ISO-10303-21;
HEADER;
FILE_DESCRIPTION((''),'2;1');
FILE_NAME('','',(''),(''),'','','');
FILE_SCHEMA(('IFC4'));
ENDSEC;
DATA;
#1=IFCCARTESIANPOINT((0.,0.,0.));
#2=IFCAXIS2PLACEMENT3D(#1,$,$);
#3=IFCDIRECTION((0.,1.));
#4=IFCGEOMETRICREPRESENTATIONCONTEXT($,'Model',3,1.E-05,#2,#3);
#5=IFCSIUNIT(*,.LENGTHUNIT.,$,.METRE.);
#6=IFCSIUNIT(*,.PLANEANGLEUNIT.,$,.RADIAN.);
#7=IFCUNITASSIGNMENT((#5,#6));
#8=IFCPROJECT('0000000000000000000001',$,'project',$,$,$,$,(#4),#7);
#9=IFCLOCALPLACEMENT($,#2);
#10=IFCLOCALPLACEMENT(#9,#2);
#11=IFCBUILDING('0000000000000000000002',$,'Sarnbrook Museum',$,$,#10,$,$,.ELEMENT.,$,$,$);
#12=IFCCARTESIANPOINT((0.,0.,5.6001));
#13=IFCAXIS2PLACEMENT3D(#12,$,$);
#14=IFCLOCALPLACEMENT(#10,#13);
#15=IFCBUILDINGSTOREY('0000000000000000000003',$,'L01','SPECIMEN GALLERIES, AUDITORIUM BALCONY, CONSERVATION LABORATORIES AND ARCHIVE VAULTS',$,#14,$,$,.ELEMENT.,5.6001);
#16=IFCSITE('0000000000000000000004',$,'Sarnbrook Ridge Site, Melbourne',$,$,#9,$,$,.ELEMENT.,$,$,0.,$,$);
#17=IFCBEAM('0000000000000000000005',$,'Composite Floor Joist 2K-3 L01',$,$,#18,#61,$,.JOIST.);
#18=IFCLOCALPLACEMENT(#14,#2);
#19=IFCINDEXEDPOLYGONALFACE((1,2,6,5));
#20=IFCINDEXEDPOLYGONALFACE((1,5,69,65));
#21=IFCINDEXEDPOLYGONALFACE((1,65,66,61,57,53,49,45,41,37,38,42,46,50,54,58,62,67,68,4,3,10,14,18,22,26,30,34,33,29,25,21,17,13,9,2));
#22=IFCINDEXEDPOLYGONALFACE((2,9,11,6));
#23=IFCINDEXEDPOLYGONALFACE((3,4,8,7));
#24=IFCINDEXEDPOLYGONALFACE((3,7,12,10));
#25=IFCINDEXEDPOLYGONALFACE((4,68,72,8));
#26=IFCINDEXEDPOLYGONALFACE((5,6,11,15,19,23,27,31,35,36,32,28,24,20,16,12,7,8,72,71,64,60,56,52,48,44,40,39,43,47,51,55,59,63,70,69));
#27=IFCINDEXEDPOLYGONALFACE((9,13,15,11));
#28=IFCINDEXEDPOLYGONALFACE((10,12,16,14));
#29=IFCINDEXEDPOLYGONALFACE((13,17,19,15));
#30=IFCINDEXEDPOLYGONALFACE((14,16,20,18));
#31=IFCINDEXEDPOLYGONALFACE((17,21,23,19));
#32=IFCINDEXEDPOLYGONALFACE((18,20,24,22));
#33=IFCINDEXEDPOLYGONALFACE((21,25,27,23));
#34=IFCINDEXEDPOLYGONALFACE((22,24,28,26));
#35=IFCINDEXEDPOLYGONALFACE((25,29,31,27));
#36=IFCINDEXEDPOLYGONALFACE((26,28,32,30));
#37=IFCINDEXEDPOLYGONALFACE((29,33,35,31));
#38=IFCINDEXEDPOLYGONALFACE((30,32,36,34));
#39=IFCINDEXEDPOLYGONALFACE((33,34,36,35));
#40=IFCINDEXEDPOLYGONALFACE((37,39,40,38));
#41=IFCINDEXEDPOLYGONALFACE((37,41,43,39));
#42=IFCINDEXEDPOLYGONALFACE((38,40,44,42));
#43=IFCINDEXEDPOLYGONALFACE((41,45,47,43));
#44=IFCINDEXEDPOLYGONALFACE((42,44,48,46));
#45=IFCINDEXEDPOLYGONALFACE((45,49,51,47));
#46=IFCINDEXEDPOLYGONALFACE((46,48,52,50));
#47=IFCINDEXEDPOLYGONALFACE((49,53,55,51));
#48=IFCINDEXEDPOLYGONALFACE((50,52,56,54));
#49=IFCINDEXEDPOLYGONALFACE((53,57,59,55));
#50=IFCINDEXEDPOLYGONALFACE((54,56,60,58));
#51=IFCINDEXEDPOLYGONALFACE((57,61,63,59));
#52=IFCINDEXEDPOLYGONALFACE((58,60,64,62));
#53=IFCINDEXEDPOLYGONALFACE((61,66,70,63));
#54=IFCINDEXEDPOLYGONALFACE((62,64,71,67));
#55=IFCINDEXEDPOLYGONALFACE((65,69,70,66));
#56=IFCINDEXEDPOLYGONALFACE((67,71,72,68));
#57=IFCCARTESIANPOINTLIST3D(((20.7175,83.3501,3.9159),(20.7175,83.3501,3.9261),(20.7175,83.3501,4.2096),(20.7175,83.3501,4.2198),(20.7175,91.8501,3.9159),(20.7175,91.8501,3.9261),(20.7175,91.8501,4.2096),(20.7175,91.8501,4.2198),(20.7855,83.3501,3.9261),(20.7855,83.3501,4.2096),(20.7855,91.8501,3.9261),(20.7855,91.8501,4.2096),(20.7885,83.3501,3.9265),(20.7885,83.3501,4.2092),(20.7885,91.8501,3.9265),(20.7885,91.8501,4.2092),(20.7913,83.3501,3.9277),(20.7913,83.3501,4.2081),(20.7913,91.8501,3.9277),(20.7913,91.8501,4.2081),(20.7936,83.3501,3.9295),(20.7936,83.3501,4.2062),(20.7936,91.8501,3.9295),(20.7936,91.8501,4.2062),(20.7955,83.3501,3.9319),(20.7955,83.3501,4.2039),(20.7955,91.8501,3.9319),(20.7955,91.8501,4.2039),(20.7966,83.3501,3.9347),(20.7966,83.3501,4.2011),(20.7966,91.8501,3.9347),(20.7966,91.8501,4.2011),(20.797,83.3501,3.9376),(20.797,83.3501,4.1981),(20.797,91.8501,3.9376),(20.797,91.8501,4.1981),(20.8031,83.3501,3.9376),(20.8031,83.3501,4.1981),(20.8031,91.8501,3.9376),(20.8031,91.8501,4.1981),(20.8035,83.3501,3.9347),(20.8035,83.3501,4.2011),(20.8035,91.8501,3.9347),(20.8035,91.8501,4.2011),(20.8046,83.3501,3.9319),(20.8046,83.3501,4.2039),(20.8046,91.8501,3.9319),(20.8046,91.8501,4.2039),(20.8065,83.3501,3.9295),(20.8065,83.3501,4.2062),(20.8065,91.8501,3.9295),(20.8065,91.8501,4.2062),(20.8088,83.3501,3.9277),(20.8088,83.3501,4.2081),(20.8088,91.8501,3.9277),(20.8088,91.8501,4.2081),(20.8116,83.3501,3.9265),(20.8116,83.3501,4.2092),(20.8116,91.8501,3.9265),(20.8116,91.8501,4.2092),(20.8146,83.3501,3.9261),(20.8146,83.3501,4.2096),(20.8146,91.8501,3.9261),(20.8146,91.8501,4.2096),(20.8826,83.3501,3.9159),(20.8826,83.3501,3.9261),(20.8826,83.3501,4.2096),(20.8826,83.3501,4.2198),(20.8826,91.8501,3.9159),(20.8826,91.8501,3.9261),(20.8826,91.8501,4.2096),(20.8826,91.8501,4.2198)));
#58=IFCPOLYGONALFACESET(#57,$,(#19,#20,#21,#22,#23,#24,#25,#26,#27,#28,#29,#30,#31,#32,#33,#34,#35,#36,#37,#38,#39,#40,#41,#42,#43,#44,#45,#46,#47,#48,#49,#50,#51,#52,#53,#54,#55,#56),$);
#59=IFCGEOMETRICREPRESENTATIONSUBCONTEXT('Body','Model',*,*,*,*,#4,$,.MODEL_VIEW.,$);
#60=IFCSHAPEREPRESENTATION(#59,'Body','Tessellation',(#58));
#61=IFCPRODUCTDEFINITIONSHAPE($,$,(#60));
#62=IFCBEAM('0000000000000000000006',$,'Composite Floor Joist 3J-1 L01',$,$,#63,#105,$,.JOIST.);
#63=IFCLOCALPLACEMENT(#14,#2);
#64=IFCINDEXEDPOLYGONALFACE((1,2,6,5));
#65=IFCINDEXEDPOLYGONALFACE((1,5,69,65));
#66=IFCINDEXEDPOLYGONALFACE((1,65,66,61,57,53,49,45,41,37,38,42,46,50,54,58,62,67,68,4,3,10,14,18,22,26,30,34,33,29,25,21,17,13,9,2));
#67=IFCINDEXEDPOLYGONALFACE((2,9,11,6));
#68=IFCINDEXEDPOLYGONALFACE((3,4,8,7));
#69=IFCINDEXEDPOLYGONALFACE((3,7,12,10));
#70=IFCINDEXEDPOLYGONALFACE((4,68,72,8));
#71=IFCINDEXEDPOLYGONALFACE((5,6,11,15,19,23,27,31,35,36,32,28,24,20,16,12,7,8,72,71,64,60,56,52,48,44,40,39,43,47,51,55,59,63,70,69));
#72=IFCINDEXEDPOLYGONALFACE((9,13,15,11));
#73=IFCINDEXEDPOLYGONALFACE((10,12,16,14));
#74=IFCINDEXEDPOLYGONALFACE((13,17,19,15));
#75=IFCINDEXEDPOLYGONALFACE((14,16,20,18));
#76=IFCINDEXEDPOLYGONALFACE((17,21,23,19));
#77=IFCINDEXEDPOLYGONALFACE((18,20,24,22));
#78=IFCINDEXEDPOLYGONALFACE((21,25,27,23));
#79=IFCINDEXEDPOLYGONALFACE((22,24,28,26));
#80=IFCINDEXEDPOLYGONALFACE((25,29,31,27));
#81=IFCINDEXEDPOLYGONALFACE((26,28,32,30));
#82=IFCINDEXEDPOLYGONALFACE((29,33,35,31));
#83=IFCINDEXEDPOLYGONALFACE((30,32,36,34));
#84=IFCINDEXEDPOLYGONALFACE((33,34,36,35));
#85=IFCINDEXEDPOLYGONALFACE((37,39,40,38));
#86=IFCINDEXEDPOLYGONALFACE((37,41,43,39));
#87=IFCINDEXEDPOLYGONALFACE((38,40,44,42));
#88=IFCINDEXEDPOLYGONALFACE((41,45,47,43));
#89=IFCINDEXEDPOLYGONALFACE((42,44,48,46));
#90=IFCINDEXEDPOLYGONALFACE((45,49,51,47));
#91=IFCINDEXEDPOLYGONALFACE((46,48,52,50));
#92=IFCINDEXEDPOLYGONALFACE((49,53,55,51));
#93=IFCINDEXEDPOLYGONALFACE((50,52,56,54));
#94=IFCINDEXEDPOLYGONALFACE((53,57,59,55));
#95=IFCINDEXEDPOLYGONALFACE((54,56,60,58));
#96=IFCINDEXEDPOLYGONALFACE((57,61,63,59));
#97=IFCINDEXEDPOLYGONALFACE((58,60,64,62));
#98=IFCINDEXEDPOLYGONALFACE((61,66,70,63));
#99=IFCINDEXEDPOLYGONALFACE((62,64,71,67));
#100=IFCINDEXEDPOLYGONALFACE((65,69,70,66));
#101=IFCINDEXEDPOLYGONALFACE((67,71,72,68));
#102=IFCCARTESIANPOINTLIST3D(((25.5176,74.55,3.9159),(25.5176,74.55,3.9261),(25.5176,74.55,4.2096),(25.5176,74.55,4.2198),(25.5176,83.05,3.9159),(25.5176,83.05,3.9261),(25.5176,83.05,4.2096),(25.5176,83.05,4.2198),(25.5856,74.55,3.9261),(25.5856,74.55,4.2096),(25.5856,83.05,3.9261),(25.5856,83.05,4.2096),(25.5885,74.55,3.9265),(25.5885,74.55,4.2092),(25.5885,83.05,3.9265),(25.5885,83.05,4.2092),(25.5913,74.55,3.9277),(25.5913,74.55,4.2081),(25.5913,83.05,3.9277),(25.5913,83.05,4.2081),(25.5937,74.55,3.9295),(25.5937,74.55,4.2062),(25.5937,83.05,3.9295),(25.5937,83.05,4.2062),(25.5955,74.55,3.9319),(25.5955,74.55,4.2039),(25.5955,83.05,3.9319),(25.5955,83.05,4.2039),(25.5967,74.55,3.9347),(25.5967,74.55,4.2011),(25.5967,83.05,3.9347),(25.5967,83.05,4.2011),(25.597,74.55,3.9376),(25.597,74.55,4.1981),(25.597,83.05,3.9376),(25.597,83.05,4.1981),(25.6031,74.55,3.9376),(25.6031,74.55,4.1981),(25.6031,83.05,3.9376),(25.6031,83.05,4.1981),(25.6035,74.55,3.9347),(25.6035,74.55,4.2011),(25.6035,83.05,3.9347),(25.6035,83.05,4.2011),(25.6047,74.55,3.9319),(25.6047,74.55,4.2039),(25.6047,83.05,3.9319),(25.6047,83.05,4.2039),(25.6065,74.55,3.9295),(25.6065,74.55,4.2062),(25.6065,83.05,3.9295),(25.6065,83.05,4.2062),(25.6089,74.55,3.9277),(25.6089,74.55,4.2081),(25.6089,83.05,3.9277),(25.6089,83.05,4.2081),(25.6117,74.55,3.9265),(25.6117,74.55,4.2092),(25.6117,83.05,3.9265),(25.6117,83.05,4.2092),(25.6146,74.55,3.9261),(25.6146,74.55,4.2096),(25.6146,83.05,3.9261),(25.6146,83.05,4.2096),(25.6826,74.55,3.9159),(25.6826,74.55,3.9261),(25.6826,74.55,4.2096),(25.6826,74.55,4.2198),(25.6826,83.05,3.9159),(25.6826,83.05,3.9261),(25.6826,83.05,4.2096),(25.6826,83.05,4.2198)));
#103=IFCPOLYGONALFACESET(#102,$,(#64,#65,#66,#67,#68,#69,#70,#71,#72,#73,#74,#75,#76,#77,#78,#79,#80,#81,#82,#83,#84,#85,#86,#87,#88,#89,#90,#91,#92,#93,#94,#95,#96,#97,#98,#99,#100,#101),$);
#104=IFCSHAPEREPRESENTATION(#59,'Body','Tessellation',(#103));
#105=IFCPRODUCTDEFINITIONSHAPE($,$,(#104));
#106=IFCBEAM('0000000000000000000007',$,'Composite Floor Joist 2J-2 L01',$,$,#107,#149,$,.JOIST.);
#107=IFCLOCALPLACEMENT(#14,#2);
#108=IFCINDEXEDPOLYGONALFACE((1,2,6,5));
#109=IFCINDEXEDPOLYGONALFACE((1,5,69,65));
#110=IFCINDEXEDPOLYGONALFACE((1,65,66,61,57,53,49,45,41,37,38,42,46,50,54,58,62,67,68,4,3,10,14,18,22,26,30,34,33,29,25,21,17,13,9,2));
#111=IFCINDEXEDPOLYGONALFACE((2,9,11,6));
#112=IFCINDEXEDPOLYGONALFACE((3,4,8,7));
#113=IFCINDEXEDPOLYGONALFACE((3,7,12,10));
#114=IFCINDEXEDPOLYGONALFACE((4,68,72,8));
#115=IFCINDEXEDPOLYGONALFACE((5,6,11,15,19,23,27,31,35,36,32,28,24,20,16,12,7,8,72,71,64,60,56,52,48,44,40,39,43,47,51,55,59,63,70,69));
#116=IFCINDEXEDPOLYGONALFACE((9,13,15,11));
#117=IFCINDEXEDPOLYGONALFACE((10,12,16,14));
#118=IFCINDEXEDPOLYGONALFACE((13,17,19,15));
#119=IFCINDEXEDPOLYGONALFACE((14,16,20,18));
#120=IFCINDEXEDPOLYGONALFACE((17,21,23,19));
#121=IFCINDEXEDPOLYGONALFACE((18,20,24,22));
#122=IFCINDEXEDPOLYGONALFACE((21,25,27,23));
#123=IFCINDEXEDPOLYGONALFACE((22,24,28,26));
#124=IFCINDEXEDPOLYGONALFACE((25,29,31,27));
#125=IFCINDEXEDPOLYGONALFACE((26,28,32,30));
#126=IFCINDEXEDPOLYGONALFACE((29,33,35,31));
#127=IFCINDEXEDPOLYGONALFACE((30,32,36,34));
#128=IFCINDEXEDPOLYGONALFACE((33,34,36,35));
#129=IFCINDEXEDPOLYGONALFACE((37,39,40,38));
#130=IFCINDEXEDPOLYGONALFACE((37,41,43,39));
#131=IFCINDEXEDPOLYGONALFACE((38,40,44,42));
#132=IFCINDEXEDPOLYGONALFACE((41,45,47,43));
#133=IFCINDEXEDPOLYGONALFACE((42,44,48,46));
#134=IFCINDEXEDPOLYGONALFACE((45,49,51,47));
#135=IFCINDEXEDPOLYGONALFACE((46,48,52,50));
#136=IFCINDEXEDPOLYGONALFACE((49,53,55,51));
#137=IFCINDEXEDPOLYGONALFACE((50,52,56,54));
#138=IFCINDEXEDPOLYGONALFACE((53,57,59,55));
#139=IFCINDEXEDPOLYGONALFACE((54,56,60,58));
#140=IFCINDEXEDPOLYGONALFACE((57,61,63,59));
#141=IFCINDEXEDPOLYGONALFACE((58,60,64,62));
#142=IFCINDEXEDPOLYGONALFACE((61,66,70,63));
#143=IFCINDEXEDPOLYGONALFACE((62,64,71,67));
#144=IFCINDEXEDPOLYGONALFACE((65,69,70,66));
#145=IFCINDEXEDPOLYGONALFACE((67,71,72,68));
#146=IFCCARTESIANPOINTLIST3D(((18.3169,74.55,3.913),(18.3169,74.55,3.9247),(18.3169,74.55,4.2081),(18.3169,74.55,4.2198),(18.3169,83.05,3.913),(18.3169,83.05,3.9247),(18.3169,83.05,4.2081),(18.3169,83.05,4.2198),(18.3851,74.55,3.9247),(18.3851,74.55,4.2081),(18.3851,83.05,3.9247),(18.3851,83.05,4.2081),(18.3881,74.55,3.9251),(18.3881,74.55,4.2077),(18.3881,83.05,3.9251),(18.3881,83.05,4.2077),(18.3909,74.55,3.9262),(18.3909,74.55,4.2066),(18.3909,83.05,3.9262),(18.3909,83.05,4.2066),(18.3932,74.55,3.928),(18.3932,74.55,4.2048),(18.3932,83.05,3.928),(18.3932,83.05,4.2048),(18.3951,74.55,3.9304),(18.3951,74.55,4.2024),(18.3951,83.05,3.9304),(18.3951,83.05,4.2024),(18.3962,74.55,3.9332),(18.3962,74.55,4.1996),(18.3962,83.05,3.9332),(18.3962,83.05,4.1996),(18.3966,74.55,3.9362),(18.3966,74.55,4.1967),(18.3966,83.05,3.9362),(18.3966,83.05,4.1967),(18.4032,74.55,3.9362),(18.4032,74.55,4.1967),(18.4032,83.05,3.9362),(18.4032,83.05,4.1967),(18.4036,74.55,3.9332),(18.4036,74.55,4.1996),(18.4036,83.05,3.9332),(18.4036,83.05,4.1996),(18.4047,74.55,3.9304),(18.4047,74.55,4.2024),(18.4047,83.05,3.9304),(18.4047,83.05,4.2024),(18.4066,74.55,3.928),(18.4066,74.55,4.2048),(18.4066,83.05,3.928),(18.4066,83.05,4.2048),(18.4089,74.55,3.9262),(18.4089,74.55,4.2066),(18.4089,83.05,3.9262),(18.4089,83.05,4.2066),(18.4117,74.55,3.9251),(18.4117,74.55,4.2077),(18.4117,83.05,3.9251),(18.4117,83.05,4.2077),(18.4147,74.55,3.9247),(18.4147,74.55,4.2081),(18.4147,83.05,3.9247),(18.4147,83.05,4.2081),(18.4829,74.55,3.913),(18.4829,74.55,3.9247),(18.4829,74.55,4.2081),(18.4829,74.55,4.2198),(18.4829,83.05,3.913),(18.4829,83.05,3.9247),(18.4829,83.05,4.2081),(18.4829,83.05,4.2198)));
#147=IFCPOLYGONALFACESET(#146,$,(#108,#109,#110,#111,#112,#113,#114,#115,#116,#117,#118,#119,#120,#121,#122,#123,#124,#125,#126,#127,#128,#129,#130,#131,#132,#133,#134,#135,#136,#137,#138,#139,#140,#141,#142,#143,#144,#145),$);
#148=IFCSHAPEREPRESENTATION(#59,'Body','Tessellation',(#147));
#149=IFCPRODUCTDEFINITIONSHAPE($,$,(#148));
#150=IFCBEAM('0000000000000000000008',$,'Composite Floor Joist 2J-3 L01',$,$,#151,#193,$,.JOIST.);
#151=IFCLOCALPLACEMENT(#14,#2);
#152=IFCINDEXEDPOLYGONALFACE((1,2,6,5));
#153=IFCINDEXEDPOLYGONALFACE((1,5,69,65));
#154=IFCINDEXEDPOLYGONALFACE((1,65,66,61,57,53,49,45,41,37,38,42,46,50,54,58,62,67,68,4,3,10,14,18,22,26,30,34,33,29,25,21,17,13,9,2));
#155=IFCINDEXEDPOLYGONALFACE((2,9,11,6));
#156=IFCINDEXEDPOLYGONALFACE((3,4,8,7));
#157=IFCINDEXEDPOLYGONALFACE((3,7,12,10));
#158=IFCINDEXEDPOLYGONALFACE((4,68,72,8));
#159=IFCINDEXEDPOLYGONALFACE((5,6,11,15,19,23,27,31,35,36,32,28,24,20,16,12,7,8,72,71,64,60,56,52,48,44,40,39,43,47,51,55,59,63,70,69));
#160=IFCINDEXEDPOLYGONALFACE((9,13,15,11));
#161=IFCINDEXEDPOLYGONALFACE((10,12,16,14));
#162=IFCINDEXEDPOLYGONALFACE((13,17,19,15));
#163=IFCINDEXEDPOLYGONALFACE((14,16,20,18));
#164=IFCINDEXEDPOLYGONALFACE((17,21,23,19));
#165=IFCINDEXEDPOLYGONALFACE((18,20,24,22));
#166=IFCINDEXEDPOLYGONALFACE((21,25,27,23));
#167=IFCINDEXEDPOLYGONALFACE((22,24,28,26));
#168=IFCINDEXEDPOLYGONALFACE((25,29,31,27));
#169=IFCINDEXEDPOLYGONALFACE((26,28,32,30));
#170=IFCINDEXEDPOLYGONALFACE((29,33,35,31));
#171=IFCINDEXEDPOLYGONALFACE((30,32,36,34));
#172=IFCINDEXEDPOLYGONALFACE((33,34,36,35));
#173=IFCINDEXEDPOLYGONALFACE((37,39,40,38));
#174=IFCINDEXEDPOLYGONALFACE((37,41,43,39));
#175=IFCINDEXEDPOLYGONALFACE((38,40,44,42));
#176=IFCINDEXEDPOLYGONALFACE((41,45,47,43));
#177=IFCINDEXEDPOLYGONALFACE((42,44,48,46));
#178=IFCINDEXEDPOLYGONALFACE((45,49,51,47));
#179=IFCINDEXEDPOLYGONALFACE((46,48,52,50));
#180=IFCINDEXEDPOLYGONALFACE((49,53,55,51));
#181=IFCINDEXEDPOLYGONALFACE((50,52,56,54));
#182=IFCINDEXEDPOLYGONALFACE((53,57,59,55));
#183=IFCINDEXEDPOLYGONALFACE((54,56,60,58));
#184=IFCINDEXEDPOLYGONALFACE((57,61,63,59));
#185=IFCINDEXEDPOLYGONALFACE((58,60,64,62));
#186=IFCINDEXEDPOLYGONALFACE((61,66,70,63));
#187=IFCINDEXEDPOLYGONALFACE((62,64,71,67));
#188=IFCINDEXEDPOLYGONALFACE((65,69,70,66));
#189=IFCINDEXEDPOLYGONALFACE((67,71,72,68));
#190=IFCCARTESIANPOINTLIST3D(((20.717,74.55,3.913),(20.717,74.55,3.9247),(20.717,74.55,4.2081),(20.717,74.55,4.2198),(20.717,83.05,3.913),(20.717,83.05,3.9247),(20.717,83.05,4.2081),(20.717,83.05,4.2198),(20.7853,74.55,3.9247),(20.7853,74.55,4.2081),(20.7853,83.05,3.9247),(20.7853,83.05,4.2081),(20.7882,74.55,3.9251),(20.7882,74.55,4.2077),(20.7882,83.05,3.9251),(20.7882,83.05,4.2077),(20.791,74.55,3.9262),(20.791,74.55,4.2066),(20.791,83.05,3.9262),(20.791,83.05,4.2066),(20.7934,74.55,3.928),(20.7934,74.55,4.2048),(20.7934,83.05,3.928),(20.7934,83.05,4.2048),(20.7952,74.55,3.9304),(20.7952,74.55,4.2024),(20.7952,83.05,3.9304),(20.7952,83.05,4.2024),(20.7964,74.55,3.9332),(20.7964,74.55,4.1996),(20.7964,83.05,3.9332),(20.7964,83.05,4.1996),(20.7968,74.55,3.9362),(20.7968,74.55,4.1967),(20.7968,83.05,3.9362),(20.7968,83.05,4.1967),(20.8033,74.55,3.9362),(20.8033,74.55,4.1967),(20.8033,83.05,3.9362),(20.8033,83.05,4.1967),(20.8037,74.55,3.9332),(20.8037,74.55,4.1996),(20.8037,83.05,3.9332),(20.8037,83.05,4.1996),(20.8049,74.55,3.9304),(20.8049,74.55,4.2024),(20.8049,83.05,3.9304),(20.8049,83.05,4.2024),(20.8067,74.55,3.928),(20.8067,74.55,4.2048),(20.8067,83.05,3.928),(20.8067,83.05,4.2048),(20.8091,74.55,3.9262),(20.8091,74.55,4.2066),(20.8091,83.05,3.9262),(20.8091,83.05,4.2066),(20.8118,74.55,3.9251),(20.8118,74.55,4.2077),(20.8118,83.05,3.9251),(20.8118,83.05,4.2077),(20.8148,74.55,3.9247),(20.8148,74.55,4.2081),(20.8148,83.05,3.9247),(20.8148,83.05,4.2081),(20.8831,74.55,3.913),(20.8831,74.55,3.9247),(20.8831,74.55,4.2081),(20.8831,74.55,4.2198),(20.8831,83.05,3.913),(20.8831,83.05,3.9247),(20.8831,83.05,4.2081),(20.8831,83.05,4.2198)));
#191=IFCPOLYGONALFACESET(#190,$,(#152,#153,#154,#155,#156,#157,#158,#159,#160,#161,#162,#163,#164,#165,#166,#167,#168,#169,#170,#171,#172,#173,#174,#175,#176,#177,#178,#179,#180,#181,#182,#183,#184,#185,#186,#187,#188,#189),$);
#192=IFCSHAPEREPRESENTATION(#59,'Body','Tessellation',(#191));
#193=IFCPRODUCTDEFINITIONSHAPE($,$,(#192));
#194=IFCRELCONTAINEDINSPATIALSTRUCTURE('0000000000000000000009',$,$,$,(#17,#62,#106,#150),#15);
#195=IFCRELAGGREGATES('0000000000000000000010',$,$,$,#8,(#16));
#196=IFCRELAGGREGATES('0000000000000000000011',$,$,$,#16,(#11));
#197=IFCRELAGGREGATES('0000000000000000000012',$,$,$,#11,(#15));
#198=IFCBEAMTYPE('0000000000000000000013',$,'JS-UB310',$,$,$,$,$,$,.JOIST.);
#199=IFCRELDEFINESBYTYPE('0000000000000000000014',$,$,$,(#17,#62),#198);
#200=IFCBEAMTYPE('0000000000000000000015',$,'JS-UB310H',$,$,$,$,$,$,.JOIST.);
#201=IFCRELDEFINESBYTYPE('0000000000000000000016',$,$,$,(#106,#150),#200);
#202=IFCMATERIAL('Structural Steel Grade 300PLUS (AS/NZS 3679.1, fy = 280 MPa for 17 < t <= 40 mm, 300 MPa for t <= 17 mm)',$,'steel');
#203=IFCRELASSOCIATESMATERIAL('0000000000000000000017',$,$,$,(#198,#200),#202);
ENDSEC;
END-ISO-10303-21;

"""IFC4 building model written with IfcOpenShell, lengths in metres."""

from ifc_helpers import new_model, si_unit, direction, frame, origin, origin_2d, place, context, subcontext, project, spatial, i_section, extrude, material, material_profile, profile_set, type_object, element, save


model = new_model("IFC4")

# Units and contexts
model_context = context("Model", 3, precision=1e-05, world=origin(), true_north=direction((0.0, 1.0)))
body_context = subcontext(model_context, "Body", "Model", "MODEL_VIEW")
ifc_project = project(units=[si_unit("LENGTHUNIT", "METRE"), si_unit("PLANEANGLEUNIT", "RADIAN")], contexts=[model_context])

# Site, building, storey
site_placement = place(None, origin())
site = spatial("IfcSite", under=ifc_project, at=site_placement, Name="Sarnbrook Ridge Site, Melbourne", CompositionType="ELEMENT", RefElevation=0.0)
building_placement = place(site_placement, origin())
building = spatial("IfcBuilding", under=site, at=building_placement, Name="Sarnbrook Museum", CompositionType="ELEMENT")
storey_placement = place(building_placement, frame((0.0, 0.0, 5.6001)))
storey = spatial("IfcBuildingStorey", under=building, at=storey_placement, Name="L01", Description="SPECIMEN GALLERIES, AUDITORIUM BALCONY, CONSERVATION LABORATORIES AND ARCHIVE VAULTS", CompositionType="ELEMENT", Elevation=5.6001)

# Shared definitions
ifc_material_1 = material(Name="Structural Steel Grade 300PLUS (AS/NZS 3679.1, fy = 280 MPa for 17 < t <= 40 mm, 300 MPa for t <= 17 mm)", Category="steel")

# Beams
ifc_material_profile_1 = material_profile(ifc_material_1, i_section(OverallWidth=0.165, OverallDepth=0.304, WebThickness=0.0061, FlangeThickness=0.0103, FilletRadius=0.0115, at=origin_2d()), Name="310UB40.4")
ifc_profile_set_1 = profile_set([ifc_material_profile_1], Name="Structural Steel Grade 300PLUS (AS/NZS 3679.1, fy = 280 MPa for 17 < t <= 40 mm, 300 MPa for t <= 17 mm)")
beam_type_1 = type_object("IfcBeamType", Name="JS-UB310", PredefinedType="JOIST", material=ifc_profile_set_1)
for number, where, z_axis, x_axis, name in (
    (1, (20.8, 83.3501, 4.0679), (0.0, 1.0, 0.0), (-1.0, 0.0, 0.0), "Composite Floor Joist 2K-3 L01"),
    (2, (25.6001, 74.55, 4.0679), (0.0, 1.0, 0.0), (-1.0, 0.0, 0.0), "Composite Floor Joist 3J-1 L01"),
):
    element("IfcBeam", number, at=place(storey_placement, frame(where, z_axis=z_axis, x_axis=x_axis)), inside=storey, type_object=beam_type_1, Name=name, PredefinedType="JOIST", context=body_context, shape_type="SweptSolid", body=[
        extrude(i_section(OverallWidth=0.165, OverallDepth=0.304, WebThickness=0.0061, FlangeThickness=0.0103, FilletRadius=0.0115, at=origin_2d()), origin(), (0.0, 0.0, 1.0), 8.5),
    ])
ifc_material_profile_2 = material_profile(ifc_material_1, i_section(OverallWidth=0.166, OverallDepth=0.3069, WebThickness=0.0066, FlangeThickness=0.0117, FilletRadius=0.0115, at=origin_2d()), Name="310UB46.2")
ifc_profile_set_2 = profile_set([ifc_material_profile_2], Name="Structural Steel Grade 300PLUS (AS/NZS 3679.1, fy = 280 MPa for 17 < t <= 40 mm, 300 MPa for t <= 17 mm)")
beam_type_2 = type_object("IfcBeamType", Name="JS-UB310H", PredefinedType="JOIST", material=ifc_profile_set_2)
for number, where, z_axis, x_axis, name in (
    (3, (18.3999, 74.55, 4.0664), (0.0, 1.0, 0.0), (-1.0, 0.0, 0.0), "Composite Floor Joist 2J-2 L01"),
    (4, (20.8, 74.55, 4.0664), (0.0, 1.0, 0.0), (-1.0, 0.0, 0.0), "Composite Floor Joist 2J-3 L01"),
):
    element("IfcBeam", number, at=place(storey_placement, frame(where, z_axis=z_axis, x_axis=x_axis)), inside=storey, type_object=beam_type_2, Name=name, PredefinedType="JOIST", context=body_context, shape_type="SweptSolid", body=[
        extrude(i_section(OverallWidth=0.166, OverallDepth=0.3069, WebThickness=0.0066, FlangeThickness=0.0117, FilletRadius=0.0115, at=origin_2d()), origin(), (0.0, 0.0, 1.0), 8.5),
    ])

save(model, "model.ifc")
